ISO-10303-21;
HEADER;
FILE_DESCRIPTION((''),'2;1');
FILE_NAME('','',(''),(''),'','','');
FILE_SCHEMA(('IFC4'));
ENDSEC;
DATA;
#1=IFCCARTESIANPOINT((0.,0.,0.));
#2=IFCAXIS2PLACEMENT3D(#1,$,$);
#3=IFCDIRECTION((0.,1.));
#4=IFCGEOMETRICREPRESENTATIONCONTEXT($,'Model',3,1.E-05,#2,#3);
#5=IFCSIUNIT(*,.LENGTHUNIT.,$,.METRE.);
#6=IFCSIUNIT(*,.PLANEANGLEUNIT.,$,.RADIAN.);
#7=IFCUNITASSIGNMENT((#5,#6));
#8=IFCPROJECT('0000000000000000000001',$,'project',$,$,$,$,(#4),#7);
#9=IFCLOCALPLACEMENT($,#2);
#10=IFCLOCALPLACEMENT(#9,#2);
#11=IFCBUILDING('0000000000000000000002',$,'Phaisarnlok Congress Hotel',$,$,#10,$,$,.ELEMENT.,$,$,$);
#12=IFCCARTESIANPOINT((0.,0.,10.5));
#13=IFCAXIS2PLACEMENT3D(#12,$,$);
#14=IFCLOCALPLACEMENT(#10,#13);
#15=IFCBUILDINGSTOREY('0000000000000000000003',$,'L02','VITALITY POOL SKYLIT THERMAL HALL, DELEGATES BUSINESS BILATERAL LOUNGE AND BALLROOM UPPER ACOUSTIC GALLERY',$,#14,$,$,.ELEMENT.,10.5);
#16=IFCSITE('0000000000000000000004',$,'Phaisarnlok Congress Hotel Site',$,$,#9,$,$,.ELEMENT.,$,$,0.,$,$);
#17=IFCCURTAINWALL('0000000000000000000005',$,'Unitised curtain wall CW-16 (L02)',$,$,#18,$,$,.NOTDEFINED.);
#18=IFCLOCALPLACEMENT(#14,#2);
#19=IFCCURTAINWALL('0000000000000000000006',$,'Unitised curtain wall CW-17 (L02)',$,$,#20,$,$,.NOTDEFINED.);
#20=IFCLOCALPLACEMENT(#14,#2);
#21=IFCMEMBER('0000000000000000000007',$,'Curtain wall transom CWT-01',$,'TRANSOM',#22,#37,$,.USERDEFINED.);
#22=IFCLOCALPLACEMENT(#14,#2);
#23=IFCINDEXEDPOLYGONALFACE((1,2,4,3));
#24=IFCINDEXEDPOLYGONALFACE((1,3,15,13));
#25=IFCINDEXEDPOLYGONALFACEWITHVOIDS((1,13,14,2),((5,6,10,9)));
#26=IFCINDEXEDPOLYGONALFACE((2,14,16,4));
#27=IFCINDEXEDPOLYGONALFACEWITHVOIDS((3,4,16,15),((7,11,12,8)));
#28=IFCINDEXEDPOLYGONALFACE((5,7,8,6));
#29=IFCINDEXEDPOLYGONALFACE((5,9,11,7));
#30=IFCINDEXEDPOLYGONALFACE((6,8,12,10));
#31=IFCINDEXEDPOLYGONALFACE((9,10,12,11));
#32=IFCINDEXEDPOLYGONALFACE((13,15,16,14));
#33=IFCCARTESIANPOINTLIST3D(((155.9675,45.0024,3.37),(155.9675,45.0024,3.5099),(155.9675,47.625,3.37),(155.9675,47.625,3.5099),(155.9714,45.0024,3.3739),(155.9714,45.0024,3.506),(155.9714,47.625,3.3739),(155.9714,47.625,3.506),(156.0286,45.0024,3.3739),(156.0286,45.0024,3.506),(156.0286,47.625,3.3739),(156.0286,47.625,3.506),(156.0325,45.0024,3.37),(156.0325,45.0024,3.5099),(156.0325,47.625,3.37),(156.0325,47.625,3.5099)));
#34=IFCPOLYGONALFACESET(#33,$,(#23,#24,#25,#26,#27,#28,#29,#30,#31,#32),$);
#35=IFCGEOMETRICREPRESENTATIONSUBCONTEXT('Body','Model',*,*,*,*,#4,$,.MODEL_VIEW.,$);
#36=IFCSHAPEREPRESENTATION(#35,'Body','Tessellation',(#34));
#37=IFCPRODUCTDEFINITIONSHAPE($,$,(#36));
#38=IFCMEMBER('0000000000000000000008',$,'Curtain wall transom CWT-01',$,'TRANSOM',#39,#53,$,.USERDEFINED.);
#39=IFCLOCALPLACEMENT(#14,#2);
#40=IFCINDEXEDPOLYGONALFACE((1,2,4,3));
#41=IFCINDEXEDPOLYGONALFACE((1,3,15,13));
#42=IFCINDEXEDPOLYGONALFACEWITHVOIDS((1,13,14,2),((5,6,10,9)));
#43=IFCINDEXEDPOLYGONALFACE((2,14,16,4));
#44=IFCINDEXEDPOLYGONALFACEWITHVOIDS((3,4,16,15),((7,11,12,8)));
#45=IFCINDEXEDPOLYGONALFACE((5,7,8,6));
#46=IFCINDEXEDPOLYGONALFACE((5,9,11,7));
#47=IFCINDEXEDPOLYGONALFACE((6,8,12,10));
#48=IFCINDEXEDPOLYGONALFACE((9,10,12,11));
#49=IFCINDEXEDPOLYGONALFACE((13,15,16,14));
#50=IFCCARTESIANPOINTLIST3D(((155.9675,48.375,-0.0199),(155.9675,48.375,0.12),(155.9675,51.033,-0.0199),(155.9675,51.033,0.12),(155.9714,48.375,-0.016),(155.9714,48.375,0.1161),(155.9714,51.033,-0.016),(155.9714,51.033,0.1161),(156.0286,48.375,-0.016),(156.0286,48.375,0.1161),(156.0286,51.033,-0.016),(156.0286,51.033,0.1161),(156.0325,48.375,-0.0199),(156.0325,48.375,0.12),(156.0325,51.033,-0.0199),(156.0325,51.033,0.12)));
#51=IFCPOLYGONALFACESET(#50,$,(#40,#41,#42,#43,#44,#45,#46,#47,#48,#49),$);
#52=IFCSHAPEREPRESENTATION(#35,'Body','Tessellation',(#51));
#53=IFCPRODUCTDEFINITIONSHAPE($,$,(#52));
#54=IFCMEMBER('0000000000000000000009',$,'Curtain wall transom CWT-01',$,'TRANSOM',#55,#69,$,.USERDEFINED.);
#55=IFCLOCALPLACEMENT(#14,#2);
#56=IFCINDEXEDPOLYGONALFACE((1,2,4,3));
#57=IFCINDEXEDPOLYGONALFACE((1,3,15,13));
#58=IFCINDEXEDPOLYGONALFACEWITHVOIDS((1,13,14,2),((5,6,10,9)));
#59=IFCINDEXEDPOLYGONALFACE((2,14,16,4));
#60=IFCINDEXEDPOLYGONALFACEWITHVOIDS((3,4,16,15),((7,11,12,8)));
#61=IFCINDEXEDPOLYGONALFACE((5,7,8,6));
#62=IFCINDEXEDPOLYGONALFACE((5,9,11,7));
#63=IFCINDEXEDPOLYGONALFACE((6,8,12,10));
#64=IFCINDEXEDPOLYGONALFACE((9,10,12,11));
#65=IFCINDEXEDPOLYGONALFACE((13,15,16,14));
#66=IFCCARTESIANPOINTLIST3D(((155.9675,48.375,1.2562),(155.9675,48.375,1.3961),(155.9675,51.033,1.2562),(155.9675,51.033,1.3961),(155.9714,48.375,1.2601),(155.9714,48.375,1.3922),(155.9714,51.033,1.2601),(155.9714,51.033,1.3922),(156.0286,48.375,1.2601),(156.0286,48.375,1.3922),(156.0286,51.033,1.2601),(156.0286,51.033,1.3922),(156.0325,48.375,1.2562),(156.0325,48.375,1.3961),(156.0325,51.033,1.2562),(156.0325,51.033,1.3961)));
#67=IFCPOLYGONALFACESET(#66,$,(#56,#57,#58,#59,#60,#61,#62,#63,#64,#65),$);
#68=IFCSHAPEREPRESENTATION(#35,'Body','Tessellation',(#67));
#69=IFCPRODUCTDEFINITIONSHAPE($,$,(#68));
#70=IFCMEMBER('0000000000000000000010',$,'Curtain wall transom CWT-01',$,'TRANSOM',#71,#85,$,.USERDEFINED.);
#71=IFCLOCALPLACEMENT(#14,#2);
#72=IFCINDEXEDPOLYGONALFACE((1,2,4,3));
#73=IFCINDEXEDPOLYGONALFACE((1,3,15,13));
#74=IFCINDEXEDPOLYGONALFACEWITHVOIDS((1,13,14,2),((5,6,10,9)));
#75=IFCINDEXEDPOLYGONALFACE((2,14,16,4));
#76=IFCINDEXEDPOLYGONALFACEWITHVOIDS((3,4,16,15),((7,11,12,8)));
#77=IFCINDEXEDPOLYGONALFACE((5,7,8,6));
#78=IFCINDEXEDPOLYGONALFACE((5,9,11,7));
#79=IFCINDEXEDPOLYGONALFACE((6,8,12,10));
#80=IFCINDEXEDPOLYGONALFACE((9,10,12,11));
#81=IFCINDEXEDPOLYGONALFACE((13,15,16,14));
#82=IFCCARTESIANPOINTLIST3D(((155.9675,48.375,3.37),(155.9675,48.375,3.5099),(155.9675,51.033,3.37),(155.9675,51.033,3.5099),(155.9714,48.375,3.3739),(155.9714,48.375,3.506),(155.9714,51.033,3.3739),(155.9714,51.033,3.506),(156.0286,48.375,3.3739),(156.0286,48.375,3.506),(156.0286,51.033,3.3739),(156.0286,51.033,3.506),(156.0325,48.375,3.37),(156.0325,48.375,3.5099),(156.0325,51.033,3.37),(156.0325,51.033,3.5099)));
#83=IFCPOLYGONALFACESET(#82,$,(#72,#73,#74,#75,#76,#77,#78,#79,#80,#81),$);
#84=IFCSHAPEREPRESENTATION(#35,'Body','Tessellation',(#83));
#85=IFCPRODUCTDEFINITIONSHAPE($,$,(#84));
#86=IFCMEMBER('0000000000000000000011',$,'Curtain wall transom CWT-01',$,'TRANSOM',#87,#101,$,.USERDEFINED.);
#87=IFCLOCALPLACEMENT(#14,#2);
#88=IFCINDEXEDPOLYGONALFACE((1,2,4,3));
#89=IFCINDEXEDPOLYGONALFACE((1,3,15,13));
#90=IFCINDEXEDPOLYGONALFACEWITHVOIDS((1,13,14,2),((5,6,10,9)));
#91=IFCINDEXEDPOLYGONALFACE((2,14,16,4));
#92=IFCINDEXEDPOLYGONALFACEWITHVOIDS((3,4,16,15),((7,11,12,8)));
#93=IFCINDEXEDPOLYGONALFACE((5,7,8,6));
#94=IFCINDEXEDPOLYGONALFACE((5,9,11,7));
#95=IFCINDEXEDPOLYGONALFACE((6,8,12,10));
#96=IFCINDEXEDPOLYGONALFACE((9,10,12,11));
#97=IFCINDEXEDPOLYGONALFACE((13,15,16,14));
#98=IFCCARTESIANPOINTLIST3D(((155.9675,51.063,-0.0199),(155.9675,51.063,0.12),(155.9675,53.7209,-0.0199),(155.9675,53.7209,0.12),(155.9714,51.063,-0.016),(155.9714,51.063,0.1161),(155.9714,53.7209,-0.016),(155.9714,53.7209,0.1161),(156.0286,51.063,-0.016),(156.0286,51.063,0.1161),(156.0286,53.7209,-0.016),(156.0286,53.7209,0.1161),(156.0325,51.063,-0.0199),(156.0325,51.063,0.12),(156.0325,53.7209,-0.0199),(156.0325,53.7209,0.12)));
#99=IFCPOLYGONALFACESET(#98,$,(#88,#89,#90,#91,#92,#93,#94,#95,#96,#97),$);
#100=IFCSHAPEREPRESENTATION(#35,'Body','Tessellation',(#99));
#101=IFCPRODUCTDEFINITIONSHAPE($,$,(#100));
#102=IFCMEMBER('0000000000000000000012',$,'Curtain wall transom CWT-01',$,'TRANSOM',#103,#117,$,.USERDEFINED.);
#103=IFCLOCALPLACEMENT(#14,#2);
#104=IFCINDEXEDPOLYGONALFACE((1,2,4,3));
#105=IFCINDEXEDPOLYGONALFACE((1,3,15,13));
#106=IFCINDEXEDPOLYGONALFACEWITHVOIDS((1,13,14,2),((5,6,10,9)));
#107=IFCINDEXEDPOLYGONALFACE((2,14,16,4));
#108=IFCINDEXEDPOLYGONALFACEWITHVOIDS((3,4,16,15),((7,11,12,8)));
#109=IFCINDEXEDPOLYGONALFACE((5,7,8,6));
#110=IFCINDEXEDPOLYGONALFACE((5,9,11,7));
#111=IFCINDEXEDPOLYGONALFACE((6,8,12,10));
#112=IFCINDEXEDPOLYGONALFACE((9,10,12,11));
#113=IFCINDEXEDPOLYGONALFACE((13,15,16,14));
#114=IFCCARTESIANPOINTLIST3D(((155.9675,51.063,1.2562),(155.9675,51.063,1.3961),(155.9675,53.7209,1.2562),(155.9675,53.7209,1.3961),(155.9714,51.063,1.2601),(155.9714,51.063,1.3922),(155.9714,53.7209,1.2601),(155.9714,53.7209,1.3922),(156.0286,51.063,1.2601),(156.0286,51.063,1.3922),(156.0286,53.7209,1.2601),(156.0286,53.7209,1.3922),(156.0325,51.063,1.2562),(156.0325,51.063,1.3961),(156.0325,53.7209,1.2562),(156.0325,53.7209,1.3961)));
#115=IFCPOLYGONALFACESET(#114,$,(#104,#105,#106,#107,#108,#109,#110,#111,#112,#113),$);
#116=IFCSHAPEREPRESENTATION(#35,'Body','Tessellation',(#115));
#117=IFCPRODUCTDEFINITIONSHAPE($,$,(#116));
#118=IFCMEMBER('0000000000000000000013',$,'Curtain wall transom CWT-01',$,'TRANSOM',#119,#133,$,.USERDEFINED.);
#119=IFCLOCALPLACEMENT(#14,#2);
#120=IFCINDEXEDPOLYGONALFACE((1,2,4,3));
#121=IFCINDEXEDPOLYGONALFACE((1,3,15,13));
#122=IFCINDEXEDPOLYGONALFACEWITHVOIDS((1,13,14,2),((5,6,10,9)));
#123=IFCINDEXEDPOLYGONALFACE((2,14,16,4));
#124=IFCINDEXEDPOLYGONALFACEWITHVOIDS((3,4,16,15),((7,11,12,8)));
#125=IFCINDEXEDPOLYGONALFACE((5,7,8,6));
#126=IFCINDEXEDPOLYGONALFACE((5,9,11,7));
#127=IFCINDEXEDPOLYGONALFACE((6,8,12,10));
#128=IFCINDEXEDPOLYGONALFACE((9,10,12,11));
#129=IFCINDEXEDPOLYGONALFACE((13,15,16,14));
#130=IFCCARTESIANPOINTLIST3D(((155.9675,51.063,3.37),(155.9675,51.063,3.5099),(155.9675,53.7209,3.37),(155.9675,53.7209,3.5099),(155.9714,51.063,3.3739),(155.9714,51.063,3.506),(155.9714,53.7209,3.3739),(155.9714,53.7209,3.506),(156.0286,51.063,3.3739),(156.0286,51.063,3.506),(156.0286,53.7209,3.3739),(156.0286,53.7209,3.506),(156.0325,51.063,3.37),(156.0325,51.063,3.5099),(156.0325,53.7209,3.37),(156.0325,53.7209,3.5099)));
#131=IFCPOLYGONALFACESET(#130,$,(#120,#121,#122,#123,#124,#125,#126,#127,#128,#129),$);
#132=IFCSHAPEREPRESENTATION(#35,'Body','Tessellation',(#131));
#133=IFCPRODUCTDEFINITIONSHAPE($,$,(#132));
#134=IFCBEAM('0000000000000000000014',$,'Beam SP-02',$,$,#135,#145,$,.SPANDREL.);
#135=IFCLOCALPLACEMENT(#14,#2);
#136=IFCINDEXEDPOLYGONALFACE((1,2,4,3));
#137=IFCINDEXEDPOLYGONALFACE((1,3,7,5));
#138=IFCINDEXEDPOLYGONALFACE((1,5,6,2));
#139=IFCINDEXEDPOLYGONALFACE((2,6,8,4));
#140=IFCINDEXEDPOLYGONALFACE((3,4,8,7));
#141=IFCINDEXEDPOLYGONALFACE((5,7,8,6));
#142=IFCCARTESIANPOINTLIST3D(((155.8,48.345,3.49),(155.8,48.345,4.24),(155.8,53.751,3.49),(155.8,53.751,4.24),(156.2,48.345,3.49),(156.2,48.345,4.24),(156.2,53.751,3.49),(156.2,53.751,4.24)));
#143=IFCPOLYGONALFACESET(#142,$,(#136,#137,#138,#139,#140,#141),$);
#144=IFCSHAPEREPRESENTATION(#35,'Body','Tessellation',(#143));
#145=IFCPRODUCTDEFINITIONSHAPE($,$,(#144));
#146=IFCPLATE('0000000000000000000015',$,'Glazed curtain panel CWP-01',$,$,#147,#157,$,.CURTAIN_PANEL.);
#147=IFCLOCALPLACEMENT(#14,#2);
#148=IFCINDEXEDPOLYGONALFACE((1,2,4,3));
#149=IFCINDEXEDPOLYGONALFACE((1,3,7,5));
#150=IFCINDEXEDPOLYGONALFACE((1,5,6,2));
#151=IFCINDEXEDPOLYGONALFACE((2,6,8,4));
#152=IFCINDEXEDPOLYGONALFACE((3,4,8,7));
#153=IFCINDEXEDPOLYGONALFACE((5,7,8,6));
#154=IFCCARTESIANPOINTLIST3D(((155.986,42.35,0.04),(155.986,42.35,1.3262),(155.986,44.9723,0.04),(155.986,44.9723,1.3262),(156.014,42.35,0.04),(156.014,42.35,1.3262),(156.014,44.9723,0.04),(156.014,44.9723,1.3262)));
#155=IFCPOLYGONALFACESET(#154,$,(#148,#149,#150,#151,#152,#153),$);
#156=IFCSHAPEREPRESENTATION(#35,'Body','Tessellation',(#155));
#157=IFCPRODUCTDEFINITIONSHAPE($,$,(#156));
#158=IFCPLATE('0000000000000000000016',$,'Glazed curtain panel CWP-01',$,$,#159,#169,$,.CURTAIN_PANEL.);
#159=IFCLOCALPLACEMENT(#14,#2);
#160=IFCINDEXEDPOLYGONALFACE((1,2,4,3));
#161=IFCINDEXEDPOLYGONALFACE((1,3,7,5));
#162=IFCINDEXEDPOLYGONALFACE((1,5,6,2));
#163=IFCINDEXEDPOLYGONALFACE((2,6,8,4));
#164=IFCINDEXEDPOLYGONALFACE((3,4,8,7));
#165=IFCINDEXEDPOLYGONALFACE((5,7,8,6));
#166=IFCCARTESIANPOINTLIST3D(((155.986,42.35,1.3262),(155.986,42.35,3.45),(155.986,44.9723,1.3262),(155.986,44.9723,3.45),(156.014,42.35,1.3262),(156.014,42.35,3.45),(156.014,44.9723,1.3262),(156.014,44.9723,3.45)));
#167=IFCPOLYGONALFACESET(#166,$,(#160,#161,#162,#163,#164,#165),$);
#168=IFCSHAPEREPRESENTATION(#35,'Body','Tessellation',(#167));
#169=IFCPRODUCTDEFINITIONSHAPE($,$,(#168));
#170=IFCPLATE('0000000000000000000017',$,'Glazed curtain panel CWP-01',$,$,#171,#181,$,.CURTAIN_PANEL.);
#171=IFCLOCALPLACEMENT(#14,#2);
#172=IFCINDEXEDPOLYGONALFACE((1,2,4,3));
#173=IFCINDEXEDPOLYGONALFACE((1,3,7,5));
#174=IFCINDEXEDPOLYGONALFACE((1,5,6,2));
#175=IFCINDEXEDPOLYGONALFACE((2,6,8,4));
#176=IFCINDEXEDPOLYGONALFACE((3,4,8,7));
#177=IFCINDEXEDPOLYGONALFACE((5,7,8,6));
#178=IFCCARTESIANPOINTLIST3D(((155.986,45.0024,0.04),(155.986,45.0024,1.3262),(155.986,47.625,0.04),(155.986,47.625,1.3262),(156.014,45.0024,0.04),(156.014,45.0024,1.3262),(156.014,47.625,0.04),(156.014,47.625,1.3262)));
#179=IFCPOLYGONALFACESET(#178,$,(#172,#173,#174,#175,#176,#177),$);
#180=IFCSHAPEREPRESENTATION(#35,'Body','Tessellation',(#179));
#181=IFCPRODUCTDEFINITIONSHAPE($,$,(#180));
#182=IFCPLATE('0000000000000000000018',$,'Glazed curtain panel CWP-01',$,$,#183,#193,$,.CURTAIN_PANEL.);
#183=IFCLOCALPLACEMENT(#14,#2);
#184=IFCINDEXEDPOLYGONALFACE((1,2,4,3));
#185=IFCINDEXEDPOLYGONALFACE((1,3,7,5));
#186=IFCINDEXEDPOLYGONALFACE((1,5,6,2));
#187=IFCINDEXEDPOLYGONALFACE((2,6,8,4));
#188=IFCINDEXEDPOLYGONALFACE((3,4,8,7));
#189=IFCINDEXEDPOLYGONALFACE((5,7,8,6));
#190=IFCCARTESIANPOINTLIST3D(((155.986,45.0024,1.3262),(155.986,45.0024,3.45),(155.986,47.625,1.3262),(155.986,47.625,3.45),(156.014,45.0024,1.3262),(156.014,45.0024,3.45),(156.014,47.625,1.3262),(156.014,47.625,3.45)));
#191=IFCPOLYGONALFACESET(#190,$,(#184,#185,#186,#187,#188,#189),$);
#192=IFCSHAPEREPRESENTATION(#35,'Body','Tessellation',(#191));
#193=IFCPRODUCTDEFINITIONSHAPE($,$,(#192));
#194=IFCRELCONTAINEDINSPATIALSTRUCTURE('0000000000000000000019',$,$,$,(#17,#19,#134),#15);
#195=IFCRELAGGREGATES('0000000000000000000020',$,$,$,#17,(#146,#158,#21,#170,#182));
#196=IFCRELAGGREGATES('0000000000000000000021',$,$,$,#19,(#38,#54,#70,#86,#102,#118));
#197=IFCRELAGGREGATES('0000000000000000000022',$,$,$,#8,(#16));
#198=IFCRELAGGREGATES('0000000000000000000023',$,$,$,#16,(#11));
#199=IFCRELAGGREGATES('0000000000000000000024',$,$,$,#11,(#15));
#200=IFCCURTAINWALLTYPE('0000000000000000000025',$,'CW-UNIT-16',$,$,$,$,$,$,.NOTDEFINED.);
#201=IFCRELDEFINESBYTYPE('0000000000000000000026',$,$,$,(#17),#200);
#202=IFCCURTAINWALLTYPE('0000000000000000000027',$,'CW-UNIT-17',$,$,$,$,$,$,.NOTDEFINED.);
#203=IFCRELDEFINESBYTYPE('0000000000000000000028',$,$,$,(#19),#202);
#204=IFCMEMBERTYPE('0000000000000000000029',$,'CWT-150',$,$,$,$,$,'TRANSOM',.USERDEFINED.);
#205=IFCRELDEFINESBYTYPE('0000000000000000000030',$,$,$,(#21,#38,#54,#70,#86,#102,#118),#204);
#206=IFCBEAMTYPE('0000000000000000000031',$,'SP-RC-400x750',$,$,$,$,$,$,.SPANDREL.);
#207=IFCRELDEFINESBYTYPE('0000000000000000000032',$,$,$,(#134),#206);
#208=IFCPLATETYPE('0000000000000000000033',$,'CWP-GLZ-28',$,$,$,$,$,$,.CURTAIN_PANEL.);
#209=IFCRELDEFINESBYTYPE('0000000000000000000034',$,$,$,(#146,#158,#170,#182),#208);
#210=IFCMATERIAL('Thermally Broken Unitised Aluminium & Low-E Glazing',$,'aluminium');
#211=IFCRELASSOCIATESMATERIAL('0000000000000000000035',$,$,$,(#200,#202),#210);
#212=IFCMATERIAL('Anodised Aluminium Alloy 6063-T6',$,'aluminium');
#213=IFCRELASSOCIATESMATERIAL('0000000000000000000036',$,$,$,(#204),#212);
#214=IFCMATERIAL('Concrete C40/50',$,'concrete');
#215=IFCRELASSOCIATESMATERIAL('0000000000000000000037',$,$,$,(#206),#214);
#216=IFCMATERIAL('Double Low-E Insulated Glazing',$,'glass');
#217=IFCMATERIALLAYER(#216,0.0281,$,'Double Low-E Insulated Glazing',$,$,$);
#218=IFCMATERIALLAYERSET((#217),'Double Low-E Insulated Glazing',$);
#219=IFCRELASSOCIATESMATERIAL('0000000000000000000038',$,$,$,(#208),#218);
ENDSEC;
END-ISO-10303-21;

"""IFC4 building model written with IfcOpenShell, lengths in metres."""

from ifc_helpers import new_model, si_unit, direction, frame, frame_2d, origin, origin_2d, place, context, subcontext, project, spatial, rectangle, hollow_rectangle, extrude, material, layer, layer_set, material_profile, profile_set, type_object, element, aggregate, save


model = new_model("IFC4")

# Units and contexts
model_context = context("Model", 3, precision=1e-05, world=origin(), true_north=direction((0.0, 1.0)))
body_context = subcontext(model_context, "Body", "Model", "MODEL_VIEW")
ifc_project = project(units=[si_unit("LENGTHUNIT", "METRE"), si_unit("PLANEANGLEUNIT", "RADIAN")], contexts=[model_context])

# Site, building, storey
site_placement = place(None, origin())
site = spatial("IfcSite", under=ifc_project, at=site_placement, Name="Phaisarnlok Congress Hotel Site", CompositionType="ELEMENT", RefElevation=0.0)
building_placement = place(site_placement, origin())
building = spatial("IfcBuilding", under=site, at=building_placement, Name="Phaisarnlok Congress Hotel", CompositionType="ELEMENT")
storey_placement = place(building_placement, frame((0.0, 0.0, 10.5)))
storey = spatial("IfcBuildingStorey", under=building, at=storey_placement, Name="L02", Description="VITALITY POOL SKYLIT THERMAL HALL, DELEGATES BUSINESS BILATERAL LOUNGE AND BALLROOM UPPER ACOUSTIC GALLERY", CompositionType="ELEMENT", Elevation=10.5)

# Curtain walls
ifc_material_1 = material(Name="Thermally Broken Unitised Aluminium & Low-E Glazing", Category="aluminium")
curtain_wall_type_1 = type_object("IfcCurtainWallType", Name="CW-UNIT-16", PredefinedType="NOTDEFINED", material=ifc_material_1)
curtain_wall_1_placement = place(storey_placement, origin())
curtain_wall_1 = element("IfcCurtainWall", 1, at=curtain_wall_1_placement, inside=storey, type_object=curtain_wall_type_1, Name="Unitised curtain wall CW-16 (L02)", PredefinedType="NOTDEFINED")
ifc_material_2 = material(Name="Anodised Aluminium Alloy 6063-T6", Category="aluminium")
curtain_wall_type_2 = type_object("IfcCurtainWallType", Name="CW-UNIT-17", PredefinedType="NOTDEFINED", material=ifc_material_1)
curtain_wall_2_placement = place(storey_placement, origin())
curtain_wall_2 = element("IfcCurtainWall", 2, at=curtain_wall_2_placement, inside=storey, type_object=curtain_wall_type_2, Name="Unitised curtain wall CW-17 (L02)", PredefinedType="NOTDEFINED")

# Members
ifc_material_profile_1 = material_profile(ifc_material_2, hollow_rectangle(XDim=0.0649, YDim=0.1399, WallThickness=0.0039, at=origin_2d()), Name="ALU-T 65x140x4")
ifc_profile_set_1 = profile_set([ifc_material_profile_1], Name="Anodised Aluminium Alloy 6063-T6")
member_type_1 = type_object("IfcMemberType", Name="CWT-150", ElementType="TRANSOM", PredefinedType="USERDEFINED", material=ifc_profile_set_1)
member_1_placement = place(storey_placement, frame((156.0, 45.0024, 3.4399), z_axis=(0.0, 1.0, 0.0), x_axis=(-1.0, 0.0, 0.0)))
member_1 = element("IfcMember", 3, at=member_1_placement, type_object=member_type_1, Name="Curtain wall transom CWT-01", ObjectType="TRANSOM", PredefinedType="USERDEFINED", context=body_context, shape_type="SweptSolid", body=[
    extrude(hollow_rectangle(XDim=0.0649, YDim=0.1399, WallThickness=0.0039, at=origin_2d()), origin(), (0.0, 0.0, 1.0), 2.6226),
])
member_2_placement = place(storey_placement, frame((156.0, 48.375, 0.05), z_axis=(0.0, 1.0, 0.0), x_axis=(-1.0, 0.0, 0.0)))
member_2 = element("IfcMember", 4, at=member_2_placement, type_object=member_type_1, Name="Curtain wall transom CWT-01", ObjectType="TRANSOM", PredefinedType="USERDEFINED", context=body_context, shape_type="SweptSolid", body=[
    extrude(hollow_rectangle(XDim=0.0649, YDim=0.1399, WallThickness=0.0039, at=origin_2d()), origin(), (0.0, 0.0, 1.0), 2.658),
])
member_3_placement = place(storey_placement, frame((156.0, 48.375, 1.3262), z_axis=(0.0, 1.0, 0.0), x_axis=(-1.0, 0.0, 0.0)))
member_3 = element("IfcMember", 5, at=member_3_placement, type_object=member_type_1, Name="Curtain wall transom CWT-01", ObjectType="TRANSOM", PredefinedType="USERDEFINED", context=body_context, shape_type="SweptSolid", body=[
    extrude(hollow_rectangle(XDim=0.0649, YDim=0.1399, WallThickness=0.0039, at=origin_2d()), origin(), (0.0, 0.0, 1.0), 2.658),
])
member_4_placement = place(storey_placement, frame((156.0, 48.375, 3.4399), z_axis=(0.0, 1.0, 0.0), x_axis=(-1.0, 0.0, 0.0)))
member_4 = element("IfcMember", 6, at=member_4_placement, type_object=member_type_1, Name="Curtain wall transom CWT-01", ObjectType="TRANSOM", PredefinedType="USERDEFINED", context=body_context, shape_type="SweptSolid", body=[
    extrude(hollow_rectangle(XDim=0.0649, YDim=0.1399, WallThickness=0.0039, at=origin_2d()), origin(), (0.0, 0.0, 1.0), 2.658),
])
member_5_placement = place(storey_placement, frame((156.0, 51.063, 0.05), z_axis=(0.0, 1.0, 0.0), x_axis=(-1.0, 0.0, 0.0)))
member_5 = element("IfcMember", 7, at=member_5_placement, type_object=member_type_1, Name="Curtain wall transom CWT-01", ObjectType="TRANSOM", PredefinedType="USERDEFINED", context=body_context, shape_type="SweptSolid", body=[
    extrude(hollow_rectangle(XDim=0.0649, YDim=0.1399, WallThickness=0.0039, at=origin_2d()), origin(), (0.0, 0.0, 1.0), 2.658),
])
member_6_placement = place(storey_placement, frame((156.0, 51.063, 1.3262), z_axis=(0.0, 1.0, 0.0), x_axis=(-1.0, 0.0, 0.0)))
member_6 = element("IfcMember", 8, at=member_6_placement, type_object=member_type_1, Name="Curtain wall transom CWT-01", ObjectType="TRANSOM", PredefinedType="USERDEFINED", context=body_context, shape_type="SweptSolid", body=[
    extrude(hollow_rectangle(XDim=0.0649, YDim=0.1399, WallThickness=0.0039, at=origin_2d()), origin(), (0.0, 0.0, 1.0), 2.658),
])
member_7_placement = place(storey_placement, frame((156.0, 51.063, 3.4399), z_axis=(0.0, 1.0, 0.0), x_axis=(-1.0, 0.0, 0.0)))
member_7 = element("IfcMember", 9, at=member_7_placement, type_object=member_type_1, Name="Curtain wall transom CWT-01", ObjectType="TRANSOM", PredefinedType="USERDEFINED", context=body_context, shape_type="SweptSolid", body=[
    extrude(hollow_rectangle(XDim=0.0649, YDim=0.1399, WallThickness=0.0039, at=origin_2d()), origin(), (0.0, 0.0, 1.0), 2.658),
])

# Beam
ifc_material_3 = material(Name="Concrete C40/50", Category="concrete")
ifc_material_profile_2 = material_profile(ifc_material_3, rectangle(XDim=0.3999, YDim=0.75, at=origin_2d()), Name="RC 400x750")
ifc_profile_set_2 = profile_set([ifc_material_profile_2], Name="Concrete C40/50")
beam_type = type_object("IfcBeamType", Name="SP-RC-400x750", PredefinedType="SPANDREL", material=ifc_profile_set_2)
beam_placement = place(storey_placement, frame((156.0, 48.345, 3.865), z_axis=(0.0, 1.0, 0.0), x_axis=(-1.0, 0.0, 0.0)))
element("IfcBeam", 10, at=beam_placement, inside=storey, type_object=beam_type, Name="Beam SP-02", PredefinedType="SPANDREL", context=body_context, shape_type="SweptSolid", body=[
    extrude(rectangle(XDim=0.3999, YDim=0.75, at=origin_2d()), origin(), (0.0, 0.0, 1.0), 5.406),
])

# Plates
ifc_material_4 = material(Name="Double Low-E Insulated Glazing", Category="glass")
ifc_layer = layer(ifc_material_4, 0.0281, Name="Double Low-E Insulated Glazing")
ifc_layer_set = layer_set([ifc_layer], Name="Double Low-E Insulated Glazing")
plate_type = type_object("IfcPlateType", Name="CWP-GLZ-28", PredefinedType="CURTAIN_PANEL", material=ifc_layer_set)
plate_1_placement = place(storey_placement, frame((156.0, 42.3501, 0.04), z_axis=(0.0, 0.0, 1.0), x_axis=(0.0, 1.0, 0.0)))
plate_1 = element("IfcPlate", 11, at=plate_1_placement, type_object=plate_type, Name="Glazed curtain panel CWP-01", PredefinedType="CURTAIN_PANEL", context=body_context, shape_type="SweptSolid", body=[
    extrude(rectangle(XDim=2.6223, YDim=0.0281, at=frame_2d((1.311, 0.0))), origin(), (0.0, 0.0, 1.0), 1.2861),
])
plate_2_placement = place(storey_placement, frame((156.0, 42.3501, 1.3262), z_axis=(0.0, 0.0, 1.0), x_axis=(0.0, 1.0, 0.0)))
plate_2 = element("IfcPlate", 12, at=plate_2_placement, type_object=plate_type, Name="Glazed curtain panel CWP-01", PredefinedType="CURTAIN_PANEL", context=body_context, shape_type="SweptSolid", body=[
    extrude(rectangle(XDim=2.6223, YDim=0.0281, at=frame_2d((1.311, 0.0))), origin(), (0.0, 0.0, 1.0), 2.1238),
])
plate_3_placement = place(storey_placement, frame((156.0, 45.0024, 0.04), z_axis=(0.0, 0.0, 1.0), x_axis=(0.0, 1.0, 0.0)))
plate_3 = element("IfcPlate", 13, at=plate_3_placement, type_object=plate_type, Name="Glazed curtain panel CWP-01", PredefinedType="CURTAIN_PANEL", context=body_context, shape_type="SweptSolid", body=[
    extrude(rectangle(XDim=2.6226, YDim=0.0281, at=frame_2d((1.3113, 0.0))), origin(), (0.0, 0.0, 1.0), 1.2861),
])
plate_4_placement = place(storey_placement, frame((156.0, 45.0024, 1.3262), z_axis=(0.0, 0.0, 1.0), x_axis=(0.0, 1.0, 0.0)))
plate_4 = element("IfcPlate", 14, at=plate_4_placement, type_object=plate_type, Name="Glazed curtain panel CWP-01", PredefinedType="CURTAIN_PANEL", context=body_context, shape_type="SweptSolid", body=[
    extrude(rectangle(XDim=2.6226, YDim=0.0281, at=frame_2d((1.3113, 0.0))), origin(), (0.0, 0.0, 1.0), 2.1238),
])
aggregate(curtain_wall_1, [plate_1, plate_2, member_1, plate_3, plate_4])
aggregate(curtain_wall_2, [member_2, member_3, member_4, member_5, member_6, member_7])

save(model, "model.ifc")
